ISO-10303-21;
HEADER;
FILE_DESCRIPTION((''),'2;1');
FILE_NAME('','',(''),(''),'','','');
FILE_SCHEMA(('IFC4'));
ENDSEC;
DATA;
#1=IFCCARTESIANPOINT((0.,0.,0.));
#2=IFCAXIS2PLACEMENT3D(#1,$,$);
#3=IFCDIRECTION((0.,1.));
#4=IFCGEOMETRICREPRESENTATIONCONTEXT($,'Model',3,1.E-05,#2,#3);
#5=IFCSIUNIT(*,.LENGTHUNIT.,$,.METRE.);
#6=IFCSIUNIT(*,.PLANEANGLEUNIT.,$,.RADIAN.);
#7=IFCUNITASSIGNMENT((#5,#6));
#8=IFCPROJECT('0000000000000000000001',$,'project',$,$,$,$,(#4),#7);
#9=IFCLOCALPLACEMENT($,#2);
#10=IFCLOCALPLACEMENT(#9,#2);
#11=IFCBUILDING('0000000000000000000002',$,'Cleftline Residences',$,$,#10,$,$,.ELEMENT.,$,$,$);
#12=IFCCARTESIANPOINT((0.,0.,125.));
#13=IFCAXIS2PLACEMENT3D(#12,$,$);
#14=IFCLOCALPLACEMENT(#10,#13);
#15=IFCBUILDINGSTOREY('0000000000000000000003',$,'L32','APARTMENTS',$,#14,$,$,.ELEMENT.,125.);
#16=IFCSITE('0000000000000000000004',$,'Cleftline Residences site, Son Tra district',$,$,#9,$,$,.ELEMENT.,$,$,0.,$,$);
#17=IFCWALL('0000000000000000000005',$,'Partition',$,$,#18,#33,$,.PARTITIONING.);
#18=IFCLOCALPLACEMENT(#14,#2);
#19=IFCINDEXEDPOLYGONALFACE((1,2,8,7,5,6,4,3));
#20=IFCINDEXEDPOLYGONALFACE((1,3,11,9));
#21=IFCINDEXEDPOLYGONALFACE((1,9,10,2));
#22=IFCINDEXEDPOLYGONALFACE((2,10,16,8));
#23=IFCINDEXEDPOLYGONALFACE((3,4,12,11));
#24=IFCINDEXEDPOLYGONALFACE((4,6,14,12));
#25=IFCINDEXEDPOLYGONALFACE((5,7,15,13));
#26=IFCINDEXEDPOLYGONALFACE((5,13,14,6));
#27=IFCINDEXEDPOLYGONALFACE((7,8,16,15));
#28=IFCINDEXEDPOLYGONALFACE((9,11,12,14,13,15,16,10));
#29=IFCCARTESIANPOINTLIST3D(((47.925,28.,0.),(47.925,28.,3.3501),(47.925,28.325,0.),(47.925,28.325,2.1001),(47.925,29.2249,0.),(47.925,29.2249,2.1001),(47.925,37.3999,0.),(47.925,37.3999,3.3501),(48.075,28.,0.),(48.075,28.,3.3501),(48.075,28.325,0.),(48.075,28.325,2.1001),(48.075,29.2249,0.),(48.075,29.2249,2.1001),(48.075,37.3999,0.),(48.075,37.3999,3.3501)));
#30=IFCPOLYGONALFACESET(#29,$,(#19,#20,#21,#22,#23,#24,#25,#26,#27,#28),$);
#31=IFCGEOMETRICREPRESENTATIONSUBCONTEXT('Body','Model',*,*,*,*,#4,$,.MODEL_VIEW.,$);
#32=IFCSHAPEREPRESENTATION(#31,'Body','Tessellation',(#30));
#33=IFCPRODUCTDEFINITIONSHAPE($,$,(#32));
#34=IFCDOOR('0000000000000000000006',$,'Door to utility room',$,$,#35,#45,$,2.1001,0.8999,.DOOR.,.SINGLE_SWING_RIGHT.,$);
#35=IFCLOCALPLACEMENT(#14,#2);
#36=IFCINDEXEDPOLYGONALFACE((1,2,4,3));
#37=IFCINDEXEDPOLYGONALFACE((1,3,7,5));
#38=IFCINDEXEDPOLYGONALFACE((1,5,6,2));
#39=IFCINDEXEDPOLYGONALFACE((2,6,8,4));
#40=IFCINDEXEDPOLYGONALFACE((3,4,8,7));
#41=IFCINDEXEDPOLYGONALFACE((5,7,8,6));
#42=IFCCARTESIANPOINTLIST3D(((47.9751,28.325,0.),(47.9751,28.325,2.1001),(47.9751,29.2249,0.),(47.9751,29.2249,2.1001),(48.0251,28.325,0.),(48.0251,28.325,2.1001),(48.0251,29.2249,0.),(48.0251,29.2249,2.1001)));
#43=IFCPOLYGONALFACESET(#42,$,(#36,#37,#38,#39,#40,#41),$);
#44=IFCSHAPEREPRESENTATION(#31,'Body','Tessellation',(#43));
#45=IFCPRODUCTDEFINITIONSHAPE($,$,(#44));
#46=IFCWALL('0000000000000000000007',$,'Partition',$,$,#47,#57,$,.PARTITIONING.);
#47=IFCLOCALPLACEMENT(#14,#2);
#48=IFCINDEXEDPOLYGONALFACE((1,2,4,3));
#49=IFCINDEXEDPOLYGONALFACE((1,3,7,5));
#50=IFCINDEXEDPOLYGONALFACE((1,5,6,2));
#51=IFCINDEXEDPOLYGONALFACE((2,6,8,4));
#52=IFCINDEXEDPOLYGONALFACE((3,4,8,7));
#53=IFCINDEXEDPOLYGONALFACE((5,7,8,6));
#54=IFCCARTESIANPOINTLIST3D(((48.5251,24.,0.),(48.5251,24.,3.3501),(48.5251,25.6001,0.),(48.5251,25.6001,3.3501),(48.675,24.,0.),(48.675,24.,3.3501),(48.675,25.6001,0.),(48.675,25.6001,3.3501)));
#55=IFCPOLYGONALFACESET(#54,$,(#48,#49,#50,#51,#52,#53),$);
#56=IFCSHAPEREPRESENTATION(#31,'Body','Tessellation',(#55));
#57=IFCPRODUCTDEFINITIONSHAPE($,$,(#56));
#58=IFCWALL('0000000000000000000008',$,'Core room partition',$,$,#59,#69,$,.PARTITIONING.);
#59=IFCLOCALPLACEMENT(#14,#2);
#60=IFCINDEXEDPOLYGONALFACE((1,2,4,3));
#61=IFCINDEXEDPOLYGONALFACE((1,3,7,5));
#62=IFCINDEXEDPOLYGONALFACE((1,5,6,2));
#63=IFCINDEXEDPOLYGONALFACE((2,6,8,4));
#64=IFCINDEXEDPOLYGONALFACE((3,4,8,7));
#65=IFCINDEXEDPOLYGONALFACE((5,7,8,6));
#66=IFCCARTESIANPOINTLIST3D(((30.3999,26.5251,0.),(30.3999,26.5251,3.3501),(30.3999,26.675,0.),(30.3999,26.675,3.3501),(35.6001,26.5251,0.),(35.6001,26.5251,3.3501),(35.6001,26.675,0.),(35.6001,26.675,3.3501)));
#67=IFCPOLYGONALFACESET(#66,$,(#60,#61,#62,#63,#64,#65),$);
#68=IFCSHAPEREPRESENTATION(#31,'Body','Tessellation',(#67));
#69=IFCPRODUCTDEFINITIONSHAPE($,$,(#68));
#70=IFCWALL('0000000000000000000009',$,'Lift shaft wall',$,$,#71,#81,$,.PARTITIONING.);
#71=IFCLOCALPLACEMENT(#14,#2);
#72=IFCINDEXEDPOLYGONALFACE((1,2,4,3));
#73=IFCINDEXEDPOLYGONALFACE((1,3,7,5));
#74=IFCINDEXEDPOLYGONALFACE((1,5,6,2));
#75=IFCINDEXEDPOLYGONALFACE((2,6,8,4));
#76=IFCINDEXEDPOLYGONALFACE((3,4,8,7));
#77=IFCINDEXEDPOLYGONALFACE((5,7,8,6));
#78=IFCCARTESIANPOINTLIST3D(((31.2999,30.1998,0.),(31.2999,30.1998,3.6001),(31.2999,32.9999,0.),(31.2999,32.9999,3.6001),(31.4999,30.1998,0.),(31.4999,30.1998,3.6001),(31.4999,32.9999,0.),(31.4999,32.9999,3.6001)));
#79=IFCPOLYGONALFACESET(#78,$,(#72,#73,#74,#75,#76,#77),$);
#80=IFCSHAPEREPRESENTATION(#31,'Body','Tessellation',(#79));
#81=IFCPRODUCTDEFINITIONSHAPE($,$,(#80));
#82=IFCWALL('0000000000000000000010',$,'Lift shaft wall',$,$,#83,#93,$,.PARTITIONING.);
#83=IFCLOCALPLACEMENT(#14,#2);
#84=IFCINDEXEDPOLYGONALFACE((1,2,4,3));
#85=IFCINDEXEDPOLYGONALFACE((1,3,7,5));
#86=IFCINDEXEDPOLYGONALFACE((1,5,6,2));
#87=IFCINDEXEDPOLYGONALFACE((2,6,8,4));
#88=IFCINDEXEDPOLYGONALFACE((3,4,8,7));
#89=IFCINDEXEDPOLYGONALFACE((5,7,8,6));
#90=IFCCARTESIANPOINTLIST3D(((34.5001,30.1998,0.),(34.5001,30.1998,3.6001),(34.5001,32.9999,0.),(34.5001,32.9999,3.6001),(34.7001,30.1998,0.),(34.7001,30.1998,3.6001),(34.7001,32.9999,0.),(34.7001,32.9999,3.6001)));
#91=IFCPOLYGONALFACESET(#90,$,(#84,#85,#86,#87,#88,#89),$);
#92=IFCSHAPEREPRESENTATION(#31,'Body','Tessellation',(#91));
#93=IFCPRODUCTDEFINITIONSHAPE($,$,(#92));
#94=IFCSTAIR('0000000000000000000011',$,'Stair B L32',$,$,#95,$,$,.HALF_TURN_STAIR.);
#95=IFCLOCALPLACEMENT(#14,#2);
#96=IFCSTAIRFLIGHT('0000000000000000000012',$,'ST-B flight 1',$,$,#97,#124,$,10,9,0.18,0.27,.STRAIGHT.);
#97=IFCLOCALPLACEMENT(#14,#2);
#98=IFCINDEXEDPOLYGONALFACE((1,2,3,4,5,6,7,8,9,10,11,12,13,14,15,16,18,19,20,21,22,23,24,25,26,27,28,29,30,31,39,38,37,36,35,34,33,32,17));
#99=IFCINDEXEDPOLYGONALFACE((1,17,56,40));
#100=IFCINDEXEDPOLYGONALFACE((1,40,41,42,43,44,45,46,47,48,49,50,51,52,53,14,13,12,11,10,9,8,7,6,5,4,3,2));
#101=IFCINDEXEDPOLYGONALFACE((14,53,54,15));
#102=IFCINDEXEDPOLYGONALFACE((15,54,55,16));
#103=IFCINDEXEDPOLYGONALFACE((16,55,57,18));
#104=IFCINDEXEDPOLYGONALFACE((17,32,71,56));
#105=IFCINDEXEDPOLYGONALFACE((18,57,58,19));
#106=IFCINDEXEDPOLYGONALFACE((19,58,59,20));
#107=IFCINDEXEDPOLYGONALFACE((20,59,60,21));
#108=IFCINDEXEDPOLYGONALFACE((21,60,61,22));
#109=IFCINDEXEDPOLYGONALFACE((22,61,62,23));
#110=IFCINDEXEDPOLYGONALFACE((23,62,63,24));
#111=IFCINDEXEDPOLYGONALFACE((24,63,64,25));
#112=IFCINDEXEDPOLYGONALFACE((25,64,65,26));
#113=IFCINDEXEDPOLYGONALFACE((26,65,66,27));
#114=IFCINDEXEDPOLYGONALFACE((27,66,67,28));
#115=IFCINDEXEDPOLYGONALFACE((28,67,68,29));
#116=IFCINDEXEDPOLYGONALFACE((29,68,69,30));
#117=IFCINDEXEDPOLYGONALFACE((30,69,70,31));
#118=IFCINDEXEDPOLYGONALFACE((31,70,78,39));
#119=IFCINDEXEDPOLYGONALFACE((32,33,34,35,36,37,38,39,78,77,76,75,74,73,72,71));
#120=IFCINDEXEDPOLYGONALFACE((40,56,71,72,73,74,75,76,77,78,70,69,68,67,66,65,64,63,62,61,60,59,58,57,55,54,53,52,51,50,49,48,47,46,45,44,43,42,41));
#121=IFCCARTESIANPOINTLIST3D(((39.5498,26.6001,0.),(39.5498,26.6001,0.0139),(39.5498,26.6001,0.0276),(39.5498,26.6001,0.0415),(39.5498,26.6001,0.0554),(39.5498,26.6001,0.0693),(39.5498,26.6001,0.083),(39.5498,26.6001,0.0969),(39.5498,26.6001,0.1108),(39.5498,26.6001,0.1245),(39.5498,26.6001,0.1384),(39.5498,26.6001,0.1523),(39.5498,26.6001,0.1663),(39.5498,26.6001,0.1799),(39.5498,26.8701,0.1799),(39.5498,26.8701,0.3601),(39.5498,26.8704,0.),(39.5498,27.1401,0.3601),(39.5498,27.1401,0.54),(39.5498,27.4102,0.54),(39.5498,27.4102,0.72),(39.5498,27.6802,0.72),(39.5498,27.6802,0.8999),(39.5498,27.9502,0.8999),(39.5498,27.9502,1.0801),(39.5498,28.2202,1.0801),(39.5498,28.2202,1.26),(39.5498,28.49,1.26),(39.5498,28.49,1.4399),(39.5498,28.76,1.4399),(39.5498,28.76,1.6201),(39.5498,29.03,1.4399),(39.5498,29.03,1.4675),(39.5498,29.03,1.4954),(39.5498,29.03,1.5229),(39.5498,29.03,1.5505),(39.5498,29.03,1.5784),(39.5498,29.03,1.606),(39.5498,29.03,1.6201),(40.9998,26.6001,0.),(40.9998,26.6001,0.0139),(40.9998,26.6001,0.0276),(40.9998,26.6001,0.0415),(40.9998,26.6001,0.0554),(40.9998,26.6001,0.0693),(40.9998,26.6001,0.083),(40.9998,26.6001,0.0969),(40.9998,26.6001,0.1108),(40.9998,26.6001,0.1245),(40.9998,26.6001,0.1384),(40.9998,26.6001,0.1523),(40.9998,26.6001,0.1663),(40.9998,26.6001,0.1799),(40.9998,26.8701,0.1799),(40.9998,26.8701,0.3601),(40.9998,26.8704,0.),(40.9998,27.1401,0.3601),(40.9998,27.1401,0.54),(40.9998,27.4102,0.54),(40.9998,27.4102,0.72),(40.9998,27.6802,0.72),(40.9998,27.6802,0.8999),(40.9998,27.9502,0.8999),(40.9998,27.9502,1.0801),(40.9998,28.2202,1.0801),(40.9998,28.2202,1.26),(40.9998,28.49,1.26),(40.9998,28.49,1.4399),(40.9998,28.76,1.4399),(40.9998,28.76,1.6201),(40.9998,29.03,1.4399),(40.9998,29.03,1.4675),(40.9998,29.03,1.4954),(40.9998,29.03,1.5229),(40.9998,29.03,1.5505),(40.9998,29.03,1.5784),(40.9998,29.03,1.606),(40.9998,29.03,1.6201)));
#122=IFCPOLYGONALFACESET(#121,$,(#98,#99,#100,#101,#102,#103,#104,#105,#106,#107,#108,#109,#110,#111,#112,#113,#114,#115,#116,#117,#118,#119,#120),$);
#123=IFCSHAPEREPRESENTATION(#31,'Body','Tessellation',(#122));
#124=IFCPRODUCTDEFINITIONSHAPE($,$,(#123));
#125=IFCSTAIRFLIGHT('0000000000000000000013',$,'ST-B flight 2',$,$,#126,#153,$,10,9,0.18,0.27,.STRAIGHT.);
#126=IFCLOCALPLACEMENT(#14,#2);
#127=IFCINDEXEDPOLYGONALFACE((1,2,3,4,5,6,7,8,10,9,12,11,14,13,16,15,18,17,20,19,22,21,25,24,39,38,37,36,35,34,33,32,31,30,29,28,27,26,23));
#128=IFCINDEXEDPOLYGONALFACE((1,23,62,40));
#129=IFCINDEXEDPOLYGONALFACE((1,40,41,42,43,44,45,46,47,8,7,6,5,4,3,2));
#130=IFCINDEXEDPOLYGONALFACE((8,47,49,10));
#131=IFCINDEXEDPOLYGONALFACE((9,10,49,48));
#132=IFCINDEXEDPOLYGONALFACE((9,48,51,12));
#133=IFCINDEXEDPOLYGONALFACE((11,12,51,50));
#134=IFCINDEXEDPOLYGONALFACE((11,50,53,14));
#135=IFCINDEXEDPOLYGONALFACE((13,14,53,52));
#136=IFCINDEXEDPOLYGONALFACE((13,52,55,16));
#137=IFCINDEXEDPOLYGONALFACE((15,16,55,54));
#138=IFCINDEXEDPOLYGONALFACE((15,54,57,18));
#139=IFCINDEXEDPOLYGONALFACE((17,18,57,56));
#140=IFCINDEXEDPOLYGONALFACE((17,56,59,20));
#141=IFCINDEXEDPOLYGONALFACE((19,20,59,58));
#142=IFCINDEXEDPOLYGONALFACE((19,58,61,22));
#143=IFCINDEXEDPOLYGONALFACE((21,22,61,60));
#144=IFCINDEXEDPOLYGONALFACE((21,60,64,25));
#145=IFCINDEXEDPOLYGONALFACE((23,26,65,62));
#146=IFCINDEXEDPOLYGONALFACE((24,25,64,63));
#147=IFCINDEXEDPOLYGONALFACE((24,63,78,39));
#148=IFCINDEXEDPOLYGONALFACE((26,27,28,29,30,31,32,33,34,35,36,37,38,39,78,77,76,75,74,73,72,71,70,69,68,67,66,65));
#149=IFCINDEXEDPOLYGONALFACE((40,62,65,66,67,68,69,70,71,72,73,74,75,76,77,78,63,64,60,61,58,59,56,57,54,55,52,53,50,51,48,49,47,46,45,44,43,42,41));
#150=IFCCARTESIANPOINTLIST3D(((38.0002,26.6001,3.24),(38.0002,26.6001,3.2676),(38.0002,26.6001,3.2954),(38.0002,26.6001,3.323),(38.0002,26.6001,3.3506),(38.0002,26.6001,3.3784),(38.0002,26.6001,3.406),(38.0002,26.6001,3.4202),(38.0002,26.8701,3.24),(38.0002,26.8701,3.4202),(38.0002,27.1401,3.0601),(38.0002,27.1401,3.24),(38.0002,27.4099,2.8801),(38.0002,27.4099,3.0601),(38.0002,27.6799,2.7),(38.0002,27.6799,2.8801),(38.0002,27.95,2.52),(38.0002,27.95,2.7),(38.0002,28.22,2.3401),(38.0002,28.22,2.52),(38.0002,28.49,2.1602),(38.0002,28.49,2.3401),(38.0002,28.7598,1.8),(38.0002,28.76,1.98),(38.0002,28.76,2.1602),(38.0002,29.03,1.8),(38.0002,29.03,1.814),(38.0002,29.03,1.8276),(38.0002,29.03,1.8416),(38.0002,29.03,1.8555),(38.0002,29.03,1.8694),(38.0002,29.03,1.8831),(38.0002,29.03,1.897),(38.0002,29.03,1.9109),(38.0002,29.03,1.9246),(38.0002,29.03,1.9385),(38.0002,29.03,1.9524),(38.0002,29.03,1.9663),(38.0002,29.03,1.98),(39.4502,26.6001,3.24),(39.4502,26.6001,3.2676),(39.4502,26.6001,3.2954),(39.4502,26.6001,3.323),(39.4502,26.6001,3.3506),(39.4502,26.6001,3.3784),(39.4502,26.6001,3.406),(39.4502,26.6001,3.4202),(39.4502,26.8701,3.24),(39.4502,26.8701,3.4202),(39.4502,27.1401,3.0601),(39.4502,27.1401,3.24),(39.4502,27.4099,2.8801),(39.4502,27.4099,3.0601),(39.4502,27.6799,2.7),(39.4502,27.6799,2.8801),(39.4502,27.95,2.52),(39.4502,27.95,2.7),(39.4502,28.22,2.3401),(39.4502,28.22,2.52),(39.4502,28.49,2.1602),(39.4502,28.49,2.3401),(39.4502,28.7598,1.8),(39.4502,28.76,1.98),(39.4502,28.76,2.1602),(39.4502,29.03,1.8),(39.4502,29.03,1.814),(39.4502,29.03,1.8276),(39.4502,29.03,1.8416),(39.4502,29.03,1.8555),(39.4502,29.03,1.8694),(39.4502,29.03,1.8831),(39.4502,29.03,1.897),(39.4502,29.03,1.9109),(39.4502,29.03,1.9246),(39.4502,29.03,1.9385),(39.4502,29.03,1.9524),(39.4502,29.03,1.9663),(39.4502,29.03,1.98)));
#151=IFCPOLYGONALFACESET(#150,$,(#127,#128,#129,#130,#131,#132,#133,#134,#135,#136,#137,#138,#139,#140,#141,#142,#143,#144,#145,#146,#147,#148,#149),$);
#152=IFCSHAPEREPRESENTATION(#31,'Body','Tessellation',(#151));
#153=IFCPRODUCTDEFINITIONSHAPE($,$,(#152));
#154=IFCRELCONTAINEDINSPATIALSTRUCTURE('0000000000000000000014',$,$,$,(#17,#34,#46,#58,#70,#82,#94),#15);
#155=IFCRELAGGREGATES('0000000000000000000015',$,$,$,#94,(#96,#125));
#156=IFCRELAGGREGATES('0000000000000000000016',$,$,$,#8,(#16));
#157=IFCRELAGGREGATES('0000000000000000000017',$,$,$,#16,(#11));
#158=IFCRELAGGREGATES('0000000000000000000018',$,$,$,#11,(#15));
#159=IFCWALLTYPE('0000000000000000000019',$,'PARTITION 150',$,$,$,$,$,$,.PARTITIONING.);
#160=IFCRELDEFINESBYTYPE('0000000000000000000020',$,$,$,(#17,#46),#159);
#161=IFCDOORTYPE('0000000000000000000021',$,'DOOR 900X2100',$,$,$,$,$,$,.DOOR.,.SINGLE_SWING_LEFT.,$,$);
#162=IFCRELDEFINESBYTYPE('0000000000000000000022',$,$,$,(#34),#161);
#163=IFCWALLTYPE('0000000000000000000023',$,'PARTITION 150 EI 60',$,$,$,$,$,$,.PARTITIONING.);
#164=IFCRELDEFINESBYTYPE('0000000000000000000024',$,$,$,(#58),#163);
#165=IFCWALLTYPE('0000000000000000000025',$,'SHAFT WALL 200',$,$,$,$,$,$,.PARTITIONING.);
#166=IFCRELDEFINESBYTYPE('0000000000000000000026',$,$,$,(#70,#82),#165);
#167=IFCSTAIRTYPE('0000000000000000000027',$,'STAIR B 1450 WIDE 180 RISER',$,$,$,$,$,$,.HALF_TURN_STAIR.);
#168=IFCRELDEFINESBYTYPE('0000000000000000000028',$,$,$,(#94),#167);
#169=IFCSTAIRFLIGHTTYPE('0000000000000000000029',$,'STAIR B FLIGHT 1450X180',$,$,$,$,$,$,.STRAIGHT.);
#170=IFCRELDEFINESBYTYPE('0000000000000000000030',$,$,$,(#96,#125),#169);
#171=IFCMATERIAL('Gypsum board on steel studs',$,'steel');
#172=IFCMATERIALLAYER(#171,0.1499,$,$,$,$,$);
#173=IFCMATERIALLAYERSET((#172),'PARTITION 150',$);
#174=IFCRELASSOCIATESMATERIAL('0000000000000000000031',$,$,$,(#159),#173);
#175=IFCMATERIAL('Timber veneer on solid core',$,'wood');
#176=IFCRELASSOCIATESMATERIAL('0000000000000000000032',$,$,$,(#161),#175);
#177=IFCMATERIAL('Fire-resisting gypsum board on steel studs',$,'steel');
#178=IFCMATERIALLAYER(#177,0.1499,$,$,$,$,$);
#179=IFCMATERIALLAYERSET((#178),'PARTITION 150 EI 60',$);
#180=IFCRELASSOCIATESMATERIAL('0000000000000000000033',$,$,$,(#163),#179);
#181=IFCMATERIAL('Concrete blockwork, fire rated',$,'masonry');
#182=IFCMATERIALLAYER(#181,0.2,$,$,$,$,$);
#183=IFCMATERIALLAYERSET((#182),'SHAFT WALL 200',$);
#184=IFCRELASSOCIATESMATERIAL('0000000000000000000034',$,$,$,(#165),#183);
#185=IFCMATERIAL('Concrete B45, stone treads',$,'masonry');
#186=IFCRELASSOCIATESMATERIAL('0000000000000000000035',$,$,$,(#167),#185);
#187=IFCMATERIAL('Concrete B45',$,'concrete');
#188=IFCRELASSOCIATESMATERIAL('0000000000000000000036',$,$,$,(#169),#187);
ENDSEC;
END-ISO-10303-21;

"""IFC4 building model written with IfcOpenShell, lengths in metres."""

from ifc_helpers import new_model, si_unit, direction, frame, frame_2d, origin, place, context, subcontext, project, spatial, polyline, rectangle, outline, extrude, material, layer, layer_set, type_object, element, fill, aggregate, save


model = new_model("IFC4")

# Units and contexts
model_context = context("Model", 3, precision=1e-05, world=origin(), true_north=direction((0.0, 1.0)))
body_context = subcontext(model_context, "Body", "Model", "MODEL_VIEW")
ifc_project = project(units=[si_unit("LENGTHUNIT", "METRE"), si_unit("PLANEANGLEUNIT", "RADIAN")], contexts=[model_context])

# Site, building, storey
site_placement = place(None, origin())
site = spatial("IfcSite", under=ifc_project, at=site_placement, Name="Cleftline Residences site, Son Tra district", CompositionType="ELEMENT", RefElevation=0.0)
building_placement = place(site_placement, origin())
building = spatial("IfcBuilding", under=site, at=building_placement, Name="Cleftline Residences", CompositionType="ELEMENT")
storey_placement = place(building_placement, frame((0.0, 0.0, 125.0)))
storey = spatial("IfcBuildingStorey", under=building, at=storey_placement, Name="L32", Description="APARTMENTS", CompositionType="ELEMENT", Elevation=125.0)

# Shared definitions
ifc_material_1 = material(Name="Gypsum board on steel studs", Category="steel")
ifc_layer_1 = layer(ifc_material_1, 0.1499)
ifc_layer_set_1 = layer_set([ifc_layer_1], Name="PARTITION 150")
wall_type_1 = type_object("IfcWallType", Name="PARTITION 150", PredefinedType="PARTITIONING", material=ifc_layer_set_1)
ifc_material_2 = material(Name="Timber veneer on solid core", Category="wood")
door_type_1 = type_object("IfcDoorType", Name="DOOR 900X2100", OperationType="SINGLE_SWING_LEFT", PredefinedType="DOOR", material=ifc_material_2)

# Wall, opening, door
wall_1_placement = place(storey_placement, frame((48.0, 28.0, 0.0), z_axis=(0.0, 0.0, 1.0), x_axis=(0.0, 1.0, 0.0)))
wall_1 = element("IfcWall", 1, at=wall_1_placement, inside=storey, type_object=wall_type_1, Name="Partition", PredefinedType="PARTITIONING", context=body_context, shape_type="SweptSolid", body=[
    extrude(rectangle(XDim=9.3999, YDim=0.1499, at=frame_2d((4.7, 0.0))), origin(), (0.0, 0.0, 1.0), 3.3501),
])
opening_1_placement = place(wall_1_placement, frame((0.325, 0.0, 0.0)))
opening_1 = element("IfcOpeningElement", 2, at=opening_1_placement, cuts=wall_1, PredefinedType="OPENING", context=body_context, shape_type="SweptSolid", body=[
    extrude(rectangle(XDim=0.8999, YDim=2.1001, at=frame_2d((0.45, 1.05))), frame((0.0, 0.085, 0.0), z_axis=(0.0, -1.0, 0.0), x_axis=(1.0, 0.0, 0.0)), (0.0, 0.0, 1.0), 0.1699),
])
door_1_placement = place(opening_1_placement, origin())
door_1 = element("IfcDoor", 3, at=door_1_placement, inside=storey, type_object=door_type_1, Name="Door to utility room", OperationType="SINGLE_SWING_RIGHT", OverallHeight=2.1001, OverallWidth=0.8999, PredefinedType="DOOR", context=body_context, shape_type="SweptSolid", body=[
    extrude(rectangle(XDim=0.8999, YDim=2.1001, at=frame_2d((0.45, 1.05))), frame((0.0, 0.0249, 0.0), z_axis=(0.0, -1.0, 0.0), x_axis=(1.0, 0.0, 0.0)), (0.0, 0.0, 1.0), 0.05),
])
fill(opening_1, door_1)

# Walls
wall_2_placement = place(storey_placement, frame((48.6001, 24.0, 0.0), z_axis=(0.0, 0.0, 1.0), x_axis=(0.0, 1.0, 0.0)))
element("IfcWall", 4, at=wall_2_placement, inside=storey, type_object=wall_type_1, Name="Partition", PredefinedType="PARTITIONING", context=body_context, shape_type="SweptSolid", body=[
    extrude(rectangle(XDim=1.6001, YDim=0.1499, at=frame_2d((0.8, 0.0))), origin(), (0.0, 0.0, 1.0), 3.3501),
])
ifc_material_3 = material(Name="Fire-resisting gypsum board on steel studs", Category="steel")
ifc_layer_2 = layer(ifc_material_3, 0.1499)
ifc_layer_set_2 = layer_set([ifc_layer_2], Name="PARTITION 150 EI 60")
wall_type_2 = type_object("IfcWallType", Name="PARTITION 150 EI 60", PredefinedType="PARTITIONING", material=ifc_layer_set_2)
wall_3_placement = place(storey_placement, frame((30.3999, 26.6001, 0.0), z_axis=(0.0, 0.0, 1.0), x_axis=(1.0, 0.0, 0.0)))
element("IfcWall", 5, at=wall_3_placement, inside=storey, type_object=wall_type_2, Name="Core room partition", PredefinedType="PARTITIONING", context=body_context, shape_type="SweptSolid", body=[
    extrude(rectangle(XDim=5.2002, YDim=0.1499, at=frame_2d((2.6001, 0.0))), origin(), (0.0, 0.0, 1.0), 3.3501),
])
ifc_material_4 = material(Name="Concrete blockwork, fire rated", Category="masonry")
ifc_layer_3 = layer(ifc_material_4, 0.2)
ifc_layer_set_3 = layer_set([ifc_layer_3], Name="SHAFT WALL 200")
wall_type_3 = type_object("IfcWallType", Name="SHAFT WALL 200", PredefinedType="PARTITIONING", material=ifc_layer_set_3)
for number, where, z_axis, x_axis, name in (
    (6, (31.3999, 30.2, 0.0), (0.0, 0.0, 1.0), (0.0, 1.0, 0.0), "Lift shaft wall"),
    (7, (34.6001, 30.2, 0.0), (0.0, 0.0, 1.0), (0.0, 1.0, 0.0), "Lift shaft wall"),
):
    element("IfcWall", number, at=place(storey_placement, frame(where, z_axis=z_axis, x_axis=x_axis)), inside=storey, type_object=wall_type_3, Name=name, PredefinedType="PARTITIONING", context=body_context, shape_type="SweptSolid", body=[
        extrude(rectangle(XDim=2.8, YDim=0.2, at=frame_2d((1.3999, 0.0))), origin(), (0.0, 0.0, 1.0), 3.6001),
    ])

# Stair, stair flights
ifc_material_5 = material(Name="Concrete B45, stone treads", Category="masonry")
stair_type = type_object("IfcStairType", Name="STAIR B 1450 WIDE 180 RISER", PredefinedType="HALF_TURN_STAIR", material=ifc_material_5)
stair_placement = place(storey_placement, origin())
stair = element("IfcStair", 8, at=stair_placement, inside=storey, type_object=stair_type, Name="Stair B L32", PredefinedType="HALF_TURN_STAIR")
ifc_material_6 = material(Name="Concrete B45", Category="concrete")
stair_flight_type = type_object("IfcStairFlightType", Name="STAIR B FLIGHT 1450X180", PredefinedType="STRAIGHT", material=ifc_material_6)
stair_flight_1_placement = place(storey_placement, frame((40.2749, 26.6001, 0.0), z_axis=(0.0, 0.0, 1.0), x_axis=(0.0, 1.0, 0.0)))
stair_flight_1 = element("IfcStairFlight", 9, at=stair_flight_1_placement, type_object=stair_flight_type, Name="ST-B flight 1", NumberOfRisers=10, NumberOfTreads=9, PredefinedType="STRAIGHT", RiserHeight=0.18, TreadLength=0.27, context=body_context, shape_type="SweptSolid", body=[
    extrude(outline(polyline([(0.0, 0.0), (0.0, 0.0139), (0.0, 0.0276), (0.0, 0.0415), (0.0, 0.0554), (0.0, 0.0693), (0.0, 0.083), (0.0, 0.0969), (0.0, 0.1108), (0.0, 0.1245), (0.0, 0.1384), (0.0, 0.1523), (0.0, 0.1663), (0.0, 0.1799), (0.27, 0.1799), (0.27, 0.3601), (0.54, 0.3601), (0.54, 0.54), (0.8101, 0.54), (0.8101, 0.72), (1.0801, 0.72), (1.0801, 0.8999), (1.3501, 0.8999), (1.3501, 1.0801), (1.6201, 1.0801), (1.6201, 1.26), (1.8899, 1.26), (1.8899, 1.4399), (2.1599, 1.4399), (2.1599, 1.6201), (2.4299, 1.6201), (2.4299, 1.8), (2.4299, 1.7722), (2.4299, 1.7446), (2.4299, 1.7168), (2.4299, 1.6892), (2.4299, 1.6614), (2.4299, 1.6338), (2.4299, 1.606), (2.4299, 1.5784), (2.4299, 1.5505), (2.4299, 1.5229), (2.4299, 1.4954), (2.4299, 1.4675), (2.4299, 1.4399), (0.2703, 0.0), (0.0, 0.0)])), frame((0.0, 0.7251, 0.0), z_axis=(0.0, -1.0, 0.0), x_axis=(1.0, 0.0, 0.0)), (0.0, 0.0, 1.0), 1.45),
])
stair_flight_2_placement = place(storey_placement, frame((38.7251, 29.03, 1.8), z_axis=(0.0, 0.0, 1.0), x_axis=(0.0, -1.0, 0.0)))
stair_flight_2 = element("IfcStairFlight", 10, at=stair_flight_2_placement, type_object=stair_flight_type, Name="ST-B flight 2", NumberOfRisers=10, NumberOfTreads=9, PredefinedType="STRAIGHT", RiserHeight=0.18, TreadLength=0.27, context=body_context, shape_type="SweptSolid", body=[
    extrude(outline(polyline([(0.0, 0.0), (0.0, 0.0139), (0.0, 0.0276), (0.0, 0.0415), (0.0, 0.0554), (0.0, 0.0693), (0.0, 0.083), (0.0, 0.0969), (0.0, 0.1108), (0.0, 0.1245), (0.0, 0.1384), (0.0, 0.1523), (0.0, 0.1663), (0.0, 0.1799), (0.27, 0.1799), (0.27, 0.3601), (0.54, 0.3601), (0.54, 0.54), (0.8101, 0.54), (0.8101, 0.72), (1.0801, 0.72), (1.0801, 0.8999), (1.3501, 0.8999), (1.3501, 1.0801), (1.6201, 1.0801), (1.6201, 1.26), (1.8899, 1.26), (1.8899, 1.4399), (2.1599, 1.4399), (2.1599, 1.6201), (2.4299, 1.6201), (2.4299, 1.8), (2.4299, 1.7722), (2.4299, 1.7446), (2.4299, 1.7168), (2.4299, 1.6892), (2.4299, 1.6614), (2.4299, 1.6338), (2.4299, 1.606), (2.4299, 1.5784), (2.4299, 1.5505), (2.4299, 1.5229), (2.4299, 1.4954), (2.4299, 1.4675), (2.4299, 1.4399), (0.2703, 0.0), (0.0, 0.0)])), frame((0.0, 0.7251, 0.0), z_axis=(0.0, -1.0, 0.0), x_axis=(1.0, 0.0, 0.0)), (0.0, 0.0, 1.0), 1.45),
])
aggregate(stair, [stair_flight_1, stair_flight_2])

save(model, "model.ifc")
